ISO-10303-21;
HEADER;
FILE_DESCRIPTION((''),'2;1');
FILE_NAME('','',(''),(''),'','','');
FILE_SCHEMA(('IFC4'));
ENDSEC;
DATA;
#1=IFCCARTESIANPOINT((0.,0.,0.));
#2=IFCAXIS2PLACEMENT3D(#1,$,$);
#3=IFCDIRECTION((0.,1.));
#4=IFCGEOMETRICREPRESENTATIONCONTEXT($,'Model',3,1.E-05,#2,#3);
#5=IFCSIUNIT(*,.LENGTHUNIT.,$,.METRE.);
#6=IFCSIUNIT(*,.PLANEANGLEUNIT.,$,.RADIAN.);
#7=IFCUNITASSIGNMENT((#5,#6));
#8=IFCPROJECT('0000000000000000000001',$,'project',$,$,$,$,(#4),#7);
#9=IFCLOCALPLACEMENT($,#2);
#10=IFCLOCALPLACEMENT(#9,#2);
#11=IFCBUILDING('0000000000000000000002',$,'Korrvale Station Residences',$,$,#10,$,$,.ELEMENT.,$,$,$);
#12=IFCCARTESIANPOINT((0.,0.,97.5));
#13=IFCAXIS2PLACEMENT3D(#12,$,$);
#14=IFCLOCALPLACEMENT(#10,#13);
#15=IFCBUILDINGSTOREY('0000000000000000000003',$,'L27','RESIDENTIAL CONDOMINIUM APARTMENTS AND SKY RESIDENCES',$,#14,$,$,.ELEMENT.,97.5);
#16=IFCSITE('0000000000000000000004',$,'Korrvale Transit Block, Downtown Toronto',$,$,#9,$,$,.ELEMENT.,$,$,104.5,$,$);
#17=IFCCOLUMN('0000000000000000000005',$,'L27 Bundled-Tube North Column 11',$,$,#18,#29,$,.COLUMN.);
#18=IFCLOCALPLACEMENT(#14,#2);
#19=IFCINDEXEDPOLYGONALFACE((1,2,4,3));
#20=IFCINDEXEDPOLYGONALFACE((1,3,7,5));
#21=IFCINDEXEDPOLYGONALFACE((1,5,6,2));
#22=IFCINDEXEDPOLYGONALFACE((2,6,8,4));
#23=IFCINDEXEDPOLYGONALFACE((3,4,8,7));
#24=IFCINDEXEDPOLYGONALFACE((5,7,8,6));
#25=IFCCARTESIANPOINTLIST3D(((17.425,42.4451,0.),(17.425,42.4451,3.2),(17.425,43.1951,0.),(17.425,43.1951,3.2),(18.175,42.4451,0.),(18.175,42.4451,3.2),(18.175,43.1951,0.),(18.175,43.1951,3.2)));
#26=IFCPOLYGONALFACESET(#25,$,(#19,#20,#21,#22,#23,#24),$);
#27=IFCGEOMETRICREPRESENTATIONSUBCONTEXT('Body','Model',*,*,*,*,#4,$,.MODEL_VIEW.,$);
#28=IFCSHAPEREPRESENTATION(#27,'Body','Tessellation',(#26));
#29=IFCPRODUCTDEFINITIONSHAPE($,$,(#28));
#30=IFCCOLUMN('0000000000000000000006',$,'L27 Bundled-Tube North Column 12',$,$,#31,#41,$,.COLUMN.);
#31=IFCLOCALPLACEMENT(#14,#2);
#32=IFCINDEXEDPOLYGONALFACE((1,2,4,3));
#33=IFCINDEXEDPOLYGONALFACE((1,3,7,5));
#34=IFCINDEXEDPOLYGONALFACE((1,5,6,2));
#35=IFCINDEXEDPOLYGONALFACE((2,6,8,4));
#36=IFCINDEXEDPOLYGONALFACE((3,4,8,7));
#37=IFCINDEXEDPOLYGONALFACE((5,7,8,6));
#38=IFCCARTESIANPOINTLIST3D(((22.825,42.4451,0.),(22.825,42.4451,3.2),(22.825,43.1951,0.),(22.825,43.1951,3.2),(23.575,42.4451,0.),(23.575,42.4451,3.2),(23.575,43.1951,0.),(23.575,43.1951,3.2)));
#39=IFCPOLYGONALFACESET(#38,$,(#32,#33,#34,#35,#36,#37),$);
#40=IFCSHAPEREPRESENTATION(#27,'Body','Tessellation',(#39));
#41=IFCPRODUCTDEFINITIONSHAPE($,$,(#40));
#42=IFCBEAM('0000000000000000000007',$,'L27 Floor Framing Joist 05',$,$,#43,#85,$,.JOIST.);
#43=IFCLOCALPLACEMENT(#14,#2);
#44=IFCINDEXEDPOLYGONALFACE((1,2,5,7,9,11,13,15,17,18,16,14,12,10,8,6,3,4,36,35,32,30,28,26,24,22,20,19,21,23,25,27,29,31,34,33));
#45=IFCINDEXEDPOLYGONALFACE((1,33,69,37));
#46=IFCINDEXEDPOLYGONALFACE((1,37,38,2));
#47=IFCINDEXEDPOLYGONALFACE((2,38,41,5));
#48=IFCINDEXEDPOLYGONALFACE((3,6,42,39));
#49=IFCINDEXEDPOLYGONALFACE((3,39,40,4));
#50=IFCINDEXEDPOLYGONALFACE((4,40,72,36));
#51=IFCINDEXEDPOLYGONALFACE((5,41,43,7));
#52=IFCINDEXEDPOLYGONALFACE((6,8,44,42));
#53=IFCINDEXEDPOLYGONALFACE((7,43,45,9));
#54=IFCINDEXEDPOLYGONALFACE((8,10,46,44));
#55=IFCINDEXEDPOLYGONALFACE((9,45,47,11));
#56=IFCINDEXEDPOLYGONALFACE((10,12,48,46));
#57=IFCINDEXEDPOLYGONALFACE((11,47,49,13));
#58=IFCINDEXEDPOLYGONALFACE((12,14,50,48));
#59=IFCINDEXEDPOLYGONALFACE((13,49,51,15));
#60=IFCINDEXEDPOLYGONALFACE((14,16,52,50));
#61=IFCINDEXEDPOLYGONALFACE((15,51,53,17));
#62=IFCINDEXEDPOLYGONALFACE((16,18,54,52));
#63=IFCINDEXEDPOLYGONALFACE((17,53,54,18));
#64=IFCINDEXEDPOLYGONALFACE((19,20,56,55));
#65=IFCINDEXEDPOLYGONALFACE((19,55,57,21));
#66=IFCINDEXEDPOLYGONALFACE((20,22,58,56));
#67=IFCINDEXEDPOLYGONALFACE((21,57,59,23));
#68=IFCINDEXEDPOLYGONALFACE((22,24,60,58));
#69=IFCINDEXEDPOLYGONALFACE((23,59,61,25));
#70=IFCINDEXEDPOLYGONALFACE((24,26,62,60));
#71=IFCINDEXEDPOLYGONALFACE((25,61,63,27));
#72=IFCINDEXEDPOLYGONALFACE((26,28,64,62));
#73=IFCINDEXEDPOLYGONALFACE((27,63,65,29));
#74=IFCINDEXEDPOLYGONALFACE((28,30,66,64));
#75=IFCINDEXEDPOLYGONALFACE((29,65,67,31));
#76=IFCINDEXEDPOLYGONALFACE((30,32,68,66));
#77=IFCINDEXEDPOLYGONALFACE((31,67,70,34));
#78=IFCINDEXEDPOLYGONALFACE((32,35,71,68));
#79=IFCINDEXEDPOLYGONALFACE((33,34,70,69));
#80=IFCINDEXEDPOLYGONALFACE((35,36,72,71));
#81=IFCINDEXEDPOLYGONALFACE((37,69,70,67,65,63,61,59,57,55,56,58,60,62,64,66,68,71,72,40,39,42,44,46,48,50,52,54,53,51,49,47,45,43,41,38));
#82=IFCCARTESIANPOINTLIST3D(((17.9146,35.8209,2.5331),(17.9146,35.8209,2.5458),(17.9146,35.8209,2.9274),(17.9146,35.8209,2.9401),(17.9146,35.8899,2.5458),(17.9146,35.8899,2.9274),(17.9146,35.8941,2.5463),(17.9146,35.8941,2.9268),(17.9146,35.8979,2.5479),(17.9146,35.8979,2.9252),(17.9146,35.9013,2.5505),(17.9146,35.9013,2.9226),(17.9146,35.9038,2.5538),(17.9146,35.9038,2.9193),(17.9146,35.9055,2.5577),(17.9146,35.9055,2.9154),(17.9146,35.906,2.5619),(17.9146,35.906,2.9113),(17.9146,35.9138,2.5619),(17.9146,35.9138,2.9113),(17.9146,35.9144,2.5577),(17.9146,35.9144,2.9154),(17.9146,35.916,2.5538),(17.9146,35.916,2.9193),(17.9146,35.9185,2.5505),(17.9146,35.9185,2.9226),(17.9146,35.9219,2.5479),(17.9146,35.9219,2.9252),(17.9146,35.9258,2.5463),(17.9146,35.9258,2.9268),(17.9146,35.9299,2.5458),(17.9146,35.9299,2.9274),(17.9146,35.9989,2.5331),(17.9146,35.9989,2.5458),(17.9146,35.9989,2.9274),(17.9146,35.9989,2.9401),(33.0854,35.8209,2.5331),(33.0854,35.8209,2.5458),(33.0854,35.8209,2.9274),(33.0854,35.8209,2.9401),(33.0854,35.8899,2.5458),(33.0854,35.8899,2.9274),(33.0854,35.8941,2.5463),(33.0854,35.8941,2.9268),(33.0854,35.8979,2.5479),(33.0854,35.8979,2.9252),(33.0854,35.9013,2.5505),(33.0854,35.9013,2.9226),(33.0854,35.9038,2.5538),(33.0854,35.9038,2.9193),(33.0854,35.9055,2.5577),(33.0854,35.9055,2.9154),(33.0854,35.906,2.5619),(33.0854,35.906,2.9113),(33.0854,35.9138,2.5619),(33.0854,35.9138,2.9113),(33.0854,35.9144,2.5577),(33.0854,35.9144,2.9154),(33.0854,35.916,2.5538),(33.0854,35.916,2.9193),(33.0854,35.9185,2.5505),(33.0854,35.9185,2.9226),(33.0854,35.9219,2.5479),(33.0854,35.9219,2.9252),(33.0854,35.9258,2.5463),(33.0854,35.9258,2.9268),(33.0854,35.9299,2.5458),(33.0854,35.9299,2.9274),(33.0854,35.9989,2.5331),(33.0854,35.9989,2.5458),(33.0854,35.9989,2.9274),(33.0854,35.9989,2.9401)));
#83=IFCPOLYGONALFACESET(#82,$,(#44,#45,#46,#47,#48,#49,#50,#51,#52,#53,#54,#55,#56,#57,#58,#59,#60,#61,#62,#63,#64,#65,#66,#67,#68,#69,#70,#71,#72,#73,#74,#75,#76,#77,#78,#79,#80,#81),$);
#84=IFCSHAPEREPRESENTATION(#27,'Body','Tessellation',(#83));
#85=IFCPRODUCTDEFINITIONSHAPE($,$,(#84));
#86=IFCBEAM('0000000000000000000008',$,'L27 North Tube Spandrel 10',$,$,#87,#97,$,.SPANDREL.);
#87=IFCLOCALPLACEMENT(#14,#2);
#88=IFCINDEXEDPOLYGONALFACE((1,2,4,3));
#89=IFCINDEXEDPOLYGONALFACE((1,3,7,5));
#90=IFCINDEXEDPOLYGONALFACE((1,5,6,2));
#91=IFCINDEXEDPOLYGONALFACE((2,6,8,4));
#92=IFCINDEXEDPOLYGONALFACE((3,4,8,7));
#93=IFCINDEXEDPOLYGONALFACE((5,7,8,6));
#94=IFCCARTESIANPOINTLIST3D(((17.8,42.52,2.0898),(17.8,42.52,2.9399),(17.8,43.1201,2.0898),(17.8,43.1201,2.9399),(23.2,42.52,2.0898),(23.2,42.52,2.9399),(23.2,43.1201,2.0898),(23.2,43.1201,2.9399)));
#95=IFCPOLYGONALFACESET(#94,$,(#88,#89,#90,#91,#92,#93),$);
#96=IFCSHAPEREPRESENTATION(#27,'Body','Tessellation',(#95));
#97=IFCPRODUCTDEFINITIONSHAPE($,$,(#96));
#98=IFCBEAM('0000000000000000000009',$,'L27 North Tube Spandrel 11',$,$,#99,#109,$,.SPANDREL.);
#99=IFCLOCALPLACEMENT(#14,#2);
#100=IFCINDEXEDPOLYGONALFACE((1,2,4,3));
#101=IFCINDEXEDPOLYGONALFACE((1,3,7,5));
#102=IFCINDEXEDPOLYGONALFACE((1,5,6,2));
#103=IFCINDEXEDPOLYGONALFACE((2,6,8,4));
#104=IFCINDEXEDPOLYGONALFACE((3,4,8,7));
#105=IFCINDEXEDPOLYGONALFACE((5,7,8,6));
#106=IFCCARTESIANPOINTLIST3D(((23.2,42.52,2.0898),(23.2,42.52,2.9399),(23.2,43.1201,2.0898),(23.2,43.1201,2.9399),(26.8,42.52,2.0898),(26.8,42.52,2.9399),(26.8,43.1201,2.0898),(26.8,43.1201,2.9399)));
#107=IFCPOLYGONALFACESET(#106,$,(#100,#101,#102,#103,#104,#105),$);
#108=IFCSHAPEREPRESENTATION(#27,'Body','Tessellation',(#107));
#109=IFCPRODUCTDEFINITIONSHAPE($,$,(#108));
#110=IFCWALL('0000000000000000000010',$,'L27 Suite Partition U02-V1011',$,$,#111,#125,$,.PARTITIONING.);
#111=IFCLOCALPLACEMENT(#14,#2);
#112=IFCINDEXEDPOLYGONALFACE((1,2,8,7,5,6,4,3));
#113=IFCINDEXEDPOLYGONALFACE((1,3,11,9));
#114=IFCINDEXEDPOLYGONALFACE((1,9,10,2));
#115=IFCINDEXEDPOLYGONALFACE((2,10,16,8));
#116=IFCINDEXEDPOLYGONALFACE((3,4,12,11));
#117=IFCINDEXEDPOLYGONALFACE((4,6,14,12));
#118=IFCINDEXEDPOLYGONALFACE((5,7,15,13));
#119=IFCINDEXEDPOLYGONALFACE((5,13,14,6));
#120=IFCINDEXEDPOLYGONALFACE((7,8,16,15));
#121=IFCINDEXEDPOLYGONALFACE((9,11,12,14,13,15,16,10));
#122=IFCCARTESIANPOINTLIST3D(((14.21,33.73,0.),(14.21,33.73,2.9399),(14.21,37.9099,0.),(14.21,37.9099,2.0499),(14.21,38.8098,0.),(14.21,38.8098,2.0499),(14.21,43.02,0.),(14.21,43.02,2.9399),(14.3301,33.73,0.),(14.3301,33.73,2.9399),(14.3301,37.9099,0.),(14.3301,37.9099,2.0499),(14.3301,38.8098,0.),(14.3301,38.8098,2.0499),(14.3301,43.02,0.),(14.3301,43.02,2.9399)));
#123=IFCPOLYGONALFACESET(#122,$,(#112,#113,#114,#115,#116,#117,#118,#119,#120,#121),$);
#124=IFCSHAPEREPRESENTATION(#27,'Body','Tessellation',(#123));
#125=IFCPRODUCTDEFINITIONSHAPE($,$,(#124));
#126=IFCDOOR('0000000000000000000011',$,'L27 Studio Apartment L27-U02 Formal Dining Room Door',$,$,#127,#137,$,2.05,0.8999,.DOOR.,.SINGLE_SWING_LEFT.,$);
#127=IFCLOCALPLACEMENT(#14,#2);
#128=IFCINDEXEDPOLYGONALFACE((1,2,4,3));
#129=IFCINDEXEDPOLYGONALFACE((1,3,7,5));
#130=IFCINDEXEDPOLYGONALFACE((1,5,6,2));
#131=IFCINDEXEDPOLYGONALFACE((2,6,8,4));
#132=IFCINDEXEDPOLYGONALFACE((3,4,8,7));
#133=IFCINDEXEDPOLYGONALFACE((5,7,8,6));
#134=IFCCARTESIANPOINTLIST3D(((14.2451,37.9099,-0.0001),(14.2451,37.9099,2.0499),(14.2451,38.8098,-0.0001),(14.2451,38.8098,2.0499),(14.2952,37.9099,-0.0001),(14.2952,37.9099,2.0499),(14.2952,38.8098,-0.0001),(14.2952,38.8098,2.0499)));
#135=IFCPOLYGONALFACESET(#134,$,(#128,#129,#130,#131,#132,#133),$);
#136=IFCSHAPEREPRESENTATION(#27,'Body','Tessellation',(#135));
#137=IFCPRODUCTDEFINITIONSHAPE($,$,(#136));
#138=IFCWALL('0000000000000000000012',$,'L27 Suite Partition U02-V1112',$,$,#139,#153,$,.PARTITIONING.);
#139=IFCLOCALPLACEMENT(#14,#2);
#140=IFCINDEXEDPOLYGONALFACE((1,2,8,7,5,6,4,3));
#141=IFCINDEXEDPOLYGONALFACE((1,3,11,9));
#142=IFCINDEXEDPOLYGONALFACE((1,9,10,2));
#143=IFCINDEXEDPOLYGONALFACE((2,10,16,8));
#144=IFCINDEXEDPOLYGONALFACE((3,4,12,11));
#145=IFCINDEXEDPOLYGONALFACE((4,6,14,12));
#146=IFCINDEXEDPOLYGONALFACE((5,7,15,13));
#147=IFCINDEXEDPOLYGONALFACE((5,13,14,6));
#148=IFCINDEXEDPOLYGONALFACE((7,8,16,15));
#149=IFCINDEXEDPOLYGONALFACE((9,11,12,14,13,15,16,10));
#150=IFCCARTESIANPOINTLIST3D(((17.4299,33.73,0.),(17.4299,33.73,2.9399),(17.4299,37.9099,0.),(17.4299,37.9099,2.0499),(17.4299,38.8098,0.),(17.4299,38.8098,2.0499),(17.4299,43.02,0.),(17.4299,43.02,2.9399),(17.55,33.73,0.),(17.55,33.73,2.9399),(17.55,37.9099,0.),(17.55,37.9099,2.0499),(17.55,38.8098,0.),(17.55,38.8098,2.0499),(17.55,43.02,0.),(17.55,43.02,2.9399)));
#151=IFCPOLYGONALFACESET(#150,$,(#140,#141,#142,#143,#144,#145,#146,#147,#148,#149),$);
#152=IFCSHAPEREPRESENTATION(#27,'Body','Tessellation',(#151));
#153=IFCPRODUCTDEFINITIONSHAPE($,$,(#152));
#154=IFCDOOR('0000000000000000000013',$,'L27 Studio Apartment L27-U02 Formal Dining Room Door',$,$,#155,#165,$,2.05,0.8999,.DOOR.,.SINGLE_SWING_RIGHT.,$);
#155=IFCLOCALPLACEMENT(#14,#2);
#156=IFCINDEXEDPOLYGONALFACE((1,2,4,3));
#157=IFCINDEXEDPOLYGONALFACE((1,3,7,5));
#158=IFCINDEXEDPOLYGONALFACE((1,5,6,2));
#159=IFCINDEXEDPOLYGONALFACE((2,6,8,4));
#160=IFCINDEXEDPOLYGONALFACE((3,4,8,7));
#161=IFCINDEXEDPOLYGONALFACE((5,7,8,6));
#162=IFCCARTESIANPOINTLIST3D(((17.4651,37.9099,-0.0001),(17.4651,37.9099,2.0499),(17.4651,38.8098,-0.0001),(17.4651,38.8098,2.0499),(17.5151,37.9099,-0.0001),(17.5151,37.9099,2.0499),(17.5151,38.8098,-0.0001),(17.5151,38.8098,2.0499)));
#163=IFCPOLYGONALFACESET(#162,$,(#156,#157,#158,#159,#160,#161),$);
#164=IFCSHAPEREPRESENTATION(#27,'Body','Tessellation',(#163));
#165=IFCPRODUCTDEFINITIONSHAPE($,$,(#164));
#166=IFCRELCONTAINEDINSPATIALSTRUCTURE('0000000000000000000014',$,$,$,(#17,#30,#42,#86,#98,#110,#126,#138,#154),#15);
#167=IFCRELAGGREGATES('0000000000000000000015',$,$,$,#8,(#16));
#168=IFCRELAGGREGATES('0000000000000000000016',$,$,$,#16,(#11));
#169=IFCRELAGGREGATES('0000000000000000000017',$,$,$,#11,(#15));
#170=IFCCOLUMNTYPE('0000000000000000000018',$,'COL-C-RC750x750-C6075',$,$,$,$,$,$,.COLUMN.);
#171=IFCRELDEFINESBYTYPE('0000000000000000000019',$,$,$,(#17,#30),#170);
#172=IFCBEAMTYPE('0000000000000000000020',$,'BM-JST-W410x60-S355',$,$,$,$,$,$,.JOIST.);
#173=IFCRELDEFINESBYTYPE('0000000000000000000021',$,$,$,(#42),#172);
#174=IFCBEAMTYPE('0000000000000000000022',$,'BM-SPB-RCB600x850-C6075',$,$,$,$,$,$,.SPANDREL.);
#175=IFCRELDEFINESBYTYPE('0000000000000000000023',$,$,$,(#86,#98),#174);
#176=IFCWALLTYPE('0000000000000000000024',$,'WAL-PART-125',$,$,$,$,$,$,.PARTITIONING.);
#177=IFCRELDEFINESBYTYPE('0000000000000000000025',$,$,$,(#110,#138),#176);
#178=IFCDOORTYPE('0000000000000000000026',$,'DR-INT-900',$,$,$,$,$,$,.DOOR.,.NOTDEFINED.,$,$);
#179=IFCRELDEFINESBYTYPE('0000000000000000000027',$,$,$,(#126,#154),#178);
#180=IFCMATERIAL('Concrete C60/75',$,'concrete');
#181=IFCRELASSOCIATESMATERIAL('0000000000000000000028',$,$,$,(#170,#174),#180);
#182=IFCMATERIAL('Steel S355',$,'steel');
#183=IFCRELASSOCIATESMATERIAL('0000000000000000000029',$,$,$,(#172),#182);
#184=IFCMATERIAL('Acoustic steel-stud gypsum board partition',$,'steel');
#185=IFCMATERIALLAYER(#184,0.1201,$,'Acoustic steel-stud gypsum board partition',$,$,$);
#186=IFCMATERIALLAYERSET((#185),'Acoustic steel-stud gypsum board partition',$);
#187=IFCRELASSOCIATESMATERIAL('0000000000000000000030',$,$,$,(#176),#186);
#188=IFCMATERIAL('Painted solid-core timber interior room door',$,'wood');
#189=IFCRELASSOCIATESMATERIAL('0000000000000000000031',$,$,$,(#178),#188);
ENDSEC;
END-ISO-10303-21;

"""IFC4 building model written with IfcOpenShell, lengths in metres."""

from ifc_helpers import new_model, si_unit, direction, frame, frame_2d, origin, origin_2d, place, context, subcontext, project, spatial, rectangle, i_section, extrude, material, layer, layer_set, material_profile, profile_set, type_object, element, fill, save


model = new_model("IFC4")

# Units and contexts
model_context = context("Model", 3, precision=1e-05, world=origin(), true_north=direction((0.0, 1.0)))
body_context = subcontext(model_context, "Body", "Model", "MODEL_VIEW")
ifc_project = project(units=[si_unit("LENGTHUNIT", "METRE"), si_unit("PLANEANGLEUNIT", "RADIAN")], contexts=[model_context])

# Site, building, storey
site_placement = place(None, origin())
site = spatial("IfcSite", under=ifc_project, at=site_placement, Name="Korrvale Transit Block, Downtown Toronto", CompositionType="ELEMENT", RefElevation=104.5)
building_placement = place(site_placement, origin())
building = spatial("IfcBuilding", under=site, at=building_placement, Name="Korrvale Station Residences", CompositionType="ELEMENT")
storey_placement = place(building_placement, frame((0.0, 0.0, 97.5)))
storey = spatial("IfcBuildingStorey", under=building, at=storey_placement, Name="L27", Description="RESIDENTIAL CONDOMINIUM APARTMENTS AND SKY RESIDENCES", CompositionType="ELEMENT", Elevation=97.5)

# Columns
ifc_material_1 = material(Name="Concrete C60/75", Category="concrete")
ifc_material_profile_1 = material_profile(ifc_material_1, rectangle(XDim=0.75, YDim=0.75, at=origin_2d()), Name="RC750x750")
ifc_profile_set_1 = profile_set([ifc_material_profile_1], Name="Concrete C60/75")
column_type = type_object("IfcColumnType", Name="COL-C-RC750x750-C6075", PredefinedType="COLUMN", material=ifc_profile_set_1)
for number, where, z_axis, x_axis, name in (
    (1, (17.8, 42.8201, 0.0), (0.0, 0.0, 1.0), (1.0, 0.0, 0.0), "L27 Bundled-Tube North Column 11"),
    (2, (23.2, 42.8201, 0.0), (0.0, 0.0, 1.0), (1.0, 0.0, 0.0), "L27 Bundled-Tube North Column 12"),
):
    element("IfcColumn", number, at=place(storey_placement, frame(where, z_axis=z_axis, x_axis=x_axis)), inside=storey, type_object=column_type, Name=name, PredefinedType="COLUMN", context=body_context, shape_type="SweptSolid", body=[
        extrude(rectangle(XDim=0.75, YDim=0.75, at=origin_2d()), origin(), (0.0, 0.0, 1.0), 3.2),
    ])

# Beams
ifc_material_2 = material(Name="Steel S355", Category="steel")
ifc_material_profile_2 = material_profile(ifc_material_2, i_section(OverallWidth=0.178, OverallDepth=0.407, WebThickness=0.0078, FlangeThickness=0.0127, FilletRadius=0.0161, at=origin_2d()), Name="W410x60")
ifc_profile_set_2 = profile_set([ifc_material_profile_2], Name="Steel S355")
beam_type_1 = type_object("IfcBeamType", Name="BM-JST-W410x60-S355", PredefinedType="JOIST", material=ifc_profile_set_2)
beam_1_placement = place(storey_placement, frame((17.9146, 35.9099, 2.7366), z_axis=(1.0, 0.0, 0.0), x_axis=(0.0, 1.0, 0.0)))
element("IfcBeam", 3, at=beam_1_placement, inside=storey, type_object=beam_type_1, Name="L27 Floor Framing Joist 05", PredefinedType="JOIST", context=body_context, shape_type="SweptSolid", body=[
    extrude(i_section(OverallWidth=0.178, OverallDepth=0.407, WebThickness=0.0078, FlangeThickness=0.0127, FilletRadius=0.0161, at=origin_2d()), origin(), (0.0, 0.0, 1.0), 15.1709),
])
ifc_material_profile_3 = material_profile(ifc_material_1, rectangle(XDim=0.6001, YDim=0.8501, at=origin_2d()), Name="RCB600x850")
ifc_profile_set_3 = profile_set([ifc_material_profile_3], Name="Concrete C60/75")
beam_type_2 = type_object("IfcBeamType", Name="BM-SPB-RCB600x850-C6075", PredefinedType="SPANDREL", material=ifc_profile_set_3)
beam_2_placement = place(storey_placement, frame((17.8, 42.8201, 2.5149), z_axis=(1.0, 0.0, 0.0), x_axis=(0.0, 1.0, 0.0)))
element("IfcBeam", 4, at=beam_2_placement, inside=storey, type_object=beam_type_2, Name="L27 North Tube Spandrel 10", PredefinedType="SPANDREL", context=body_context, shape_type="SweptSolid", body=[
    extrude(rectangle(XDim=0.6001, YDim=0.8501, at=origin_2d()), origin(), (0.0, 0.0, 1.0), 5.3999),
])
beam_3_placement = place(storey_placement, frame((23.2, 42.8201, 2.5149), z_axis=(1.0, 0.0, 0.0), x_axis=(0.0, 1.0, 0.0)))
element("IfcBeam", 5, at=beam_3_placement, inside=storey, type_object=beam_type_2, Name="L27 North Tube Spandrel 11", PredefinedType="SPANDREL", context=body_context, shape_type="SweptSolid", body=[
    extrude(rectangle(XDim=0.6001, YDim=0.8501, at=origin_2d()), origin(), (0.0, 0.0, 1.0), 3.6001),
])

# Walls, openings, doors
ifc_material_3 = material(Name="Acoustic steel-stud gypsum board partition", Category="steel")
ifc_layer_1 = layer(ifc_material_3, 0.1201, Name="Acoustic steel-stud gypsum board partition")
ifc_layer_set_1 = layer_set([ifc_layer_1], Name="Acoustic steel-stud gypsum board partition")
wall_type = type_object("IfcWallType", Name="WAL-PART-125", PredefinedType="PARTITIONING", material=ifc_layer_set_1)
wall_1_placement = place(storey_placement, frame((14.27, 33.73, 0.0), z_axis=(0.0, 0.0, 1.0), x_axis=(0.0, 1.0, 0.0)))
wall_1 = element("IfcWall", 6, at=wall_1_placement, inside=storey, type_object=wall_type, Name="L27 Suite Partition U02-V1011", PredefinedType="PARTITIONING", context=body_context, shape_type="SweptSolid", body=[
    extrude(rectangle(XDim=9.29, YDim=0.1201, at=frame_2d((4.645, 0.0))), origin(), (0.0, 0.0, 1.0), 2.9399),
])
opening_1_placement = place(wall_1_placement, frame((4.1799, 0.0, 0.0)))
opening_1 = element("IfcOpeningElement", 7, at=opening_1_placement, cuts=wall_1, PredefinedType="OPENING", context=body_context, shape_type="SweptSolid", body=[
    extrude(rectangle(XDim=0.8999, YDim=2.05, at=frame_2d((0.45, 1.0249))), frame((0.0, 0.0701, 0.0), z_axis=(0.0, -1.0, 0.0), x_axis=(1.0, 0.0, 0.0)), (0.0, 0.0, 1.0), 0.1401),
])
ifc_material_4 = material(Name="Painted solid-core timber interior room door", Category="wood")
door_type = type_object("IfcDoorType", Name="DR-INT-900", OperationType="NOTDEFINED", PredefinedType="DOOR", material=ifc_material_4)
door_1_placement = place(opening_1_placement, origin())
door_1 = element("IfcDoor", 8, at=door_1_placement, inside=storey, type_object=door_type, Name="L27 Studio Apartment L27-U02 Formal Dining Room Door", OperationType="SINGLE_SWING_LEFT", OverallHeight=2.05, OverallWidth=0.8999, PredefinedType="DOOR", context=body_context, shape_type="SweptSolid", body=[
    extrude(rectangle(XDim=0.8999, YDim=2.05, at=frame_2d((0.45, 1.0249))), frame((0.0, 0.0249, 0.0), z_axis=(0.0, -1.0, 0.0), x_axis=(1.0, 0.0, 0.0)), (0.0, 0.0, 1.0), 0.05),
])
fill(opening_1, door_1)
wall_2_placement = place(storey_placement, frame((17.49, 33.73, 0.0), z_axis=(0.0, 0.0, 1.0), x_axis=(0.0, 1.0, 0.0)))
wall_2 = element("IfcWall", 9, at=wall_2_placement, inside=storey, type_object=wall_type, Name="L27 Suite Partition U02-V1112", PredefinedType="PARTITIONING", context=body_context, shape_type="SweptSolid", body=[
    extrude(rectangle(XDim=9.29, YDim=0.1201, at=frame_2d((4.645, 0.0))), origin(), (0.0, 0.0, 1.0), 2.9399),
])
opening_2_placement = place(wall_2_placement, frame((4.1799, 0.0, 0.0)))
opening_2 = element("IfcOpeningElement", 10, at=opening_2_placement, cuts=wall_2, PredefinedType="OPENING", context=body_context, shape_type="SweptSolid", body=[
    extrude(rectangle(XDim=0.8999, YDim=2.05, at=frame_2d((0.45, 1.0249))), frame((0.0, 0.0701, 0.0), z_axis=(0.0, -1.0, 0.0), x_axis=(1.0, 0.0, 0.0)), (0.0, 0.0, 1.0), 0.1401),
])
door_2_placement = place(opening_2_placement, origin())
door_2 = element("IfcDoor", 11, at=door_2_placement, inside=storey, type_object=door_type, Name="L27 Studio Apartment L27-U02 Formal Dining Room Door", OperationType="SINGLE_SWING_RIGHT", OverallHeight=2.05, OverallWidth=0.8999, PredefinedType="DOOR", context=body_context, shape_type="SweptSolid", body=[
    extrude(rectangle(XDim=0.8999, YDim=2.05, at=frame_2d((0.45, 1.0249))), frame((0.0, 0.0249, 0.0), z_axis=(0.0, -1.0, 0.0), x_axis=(1.0, 0.0, 0.0)), (0.0, 0.0, 1.0), 0.05),
])
fill(opening_2, door_2)

save(model, "model.ifc")
